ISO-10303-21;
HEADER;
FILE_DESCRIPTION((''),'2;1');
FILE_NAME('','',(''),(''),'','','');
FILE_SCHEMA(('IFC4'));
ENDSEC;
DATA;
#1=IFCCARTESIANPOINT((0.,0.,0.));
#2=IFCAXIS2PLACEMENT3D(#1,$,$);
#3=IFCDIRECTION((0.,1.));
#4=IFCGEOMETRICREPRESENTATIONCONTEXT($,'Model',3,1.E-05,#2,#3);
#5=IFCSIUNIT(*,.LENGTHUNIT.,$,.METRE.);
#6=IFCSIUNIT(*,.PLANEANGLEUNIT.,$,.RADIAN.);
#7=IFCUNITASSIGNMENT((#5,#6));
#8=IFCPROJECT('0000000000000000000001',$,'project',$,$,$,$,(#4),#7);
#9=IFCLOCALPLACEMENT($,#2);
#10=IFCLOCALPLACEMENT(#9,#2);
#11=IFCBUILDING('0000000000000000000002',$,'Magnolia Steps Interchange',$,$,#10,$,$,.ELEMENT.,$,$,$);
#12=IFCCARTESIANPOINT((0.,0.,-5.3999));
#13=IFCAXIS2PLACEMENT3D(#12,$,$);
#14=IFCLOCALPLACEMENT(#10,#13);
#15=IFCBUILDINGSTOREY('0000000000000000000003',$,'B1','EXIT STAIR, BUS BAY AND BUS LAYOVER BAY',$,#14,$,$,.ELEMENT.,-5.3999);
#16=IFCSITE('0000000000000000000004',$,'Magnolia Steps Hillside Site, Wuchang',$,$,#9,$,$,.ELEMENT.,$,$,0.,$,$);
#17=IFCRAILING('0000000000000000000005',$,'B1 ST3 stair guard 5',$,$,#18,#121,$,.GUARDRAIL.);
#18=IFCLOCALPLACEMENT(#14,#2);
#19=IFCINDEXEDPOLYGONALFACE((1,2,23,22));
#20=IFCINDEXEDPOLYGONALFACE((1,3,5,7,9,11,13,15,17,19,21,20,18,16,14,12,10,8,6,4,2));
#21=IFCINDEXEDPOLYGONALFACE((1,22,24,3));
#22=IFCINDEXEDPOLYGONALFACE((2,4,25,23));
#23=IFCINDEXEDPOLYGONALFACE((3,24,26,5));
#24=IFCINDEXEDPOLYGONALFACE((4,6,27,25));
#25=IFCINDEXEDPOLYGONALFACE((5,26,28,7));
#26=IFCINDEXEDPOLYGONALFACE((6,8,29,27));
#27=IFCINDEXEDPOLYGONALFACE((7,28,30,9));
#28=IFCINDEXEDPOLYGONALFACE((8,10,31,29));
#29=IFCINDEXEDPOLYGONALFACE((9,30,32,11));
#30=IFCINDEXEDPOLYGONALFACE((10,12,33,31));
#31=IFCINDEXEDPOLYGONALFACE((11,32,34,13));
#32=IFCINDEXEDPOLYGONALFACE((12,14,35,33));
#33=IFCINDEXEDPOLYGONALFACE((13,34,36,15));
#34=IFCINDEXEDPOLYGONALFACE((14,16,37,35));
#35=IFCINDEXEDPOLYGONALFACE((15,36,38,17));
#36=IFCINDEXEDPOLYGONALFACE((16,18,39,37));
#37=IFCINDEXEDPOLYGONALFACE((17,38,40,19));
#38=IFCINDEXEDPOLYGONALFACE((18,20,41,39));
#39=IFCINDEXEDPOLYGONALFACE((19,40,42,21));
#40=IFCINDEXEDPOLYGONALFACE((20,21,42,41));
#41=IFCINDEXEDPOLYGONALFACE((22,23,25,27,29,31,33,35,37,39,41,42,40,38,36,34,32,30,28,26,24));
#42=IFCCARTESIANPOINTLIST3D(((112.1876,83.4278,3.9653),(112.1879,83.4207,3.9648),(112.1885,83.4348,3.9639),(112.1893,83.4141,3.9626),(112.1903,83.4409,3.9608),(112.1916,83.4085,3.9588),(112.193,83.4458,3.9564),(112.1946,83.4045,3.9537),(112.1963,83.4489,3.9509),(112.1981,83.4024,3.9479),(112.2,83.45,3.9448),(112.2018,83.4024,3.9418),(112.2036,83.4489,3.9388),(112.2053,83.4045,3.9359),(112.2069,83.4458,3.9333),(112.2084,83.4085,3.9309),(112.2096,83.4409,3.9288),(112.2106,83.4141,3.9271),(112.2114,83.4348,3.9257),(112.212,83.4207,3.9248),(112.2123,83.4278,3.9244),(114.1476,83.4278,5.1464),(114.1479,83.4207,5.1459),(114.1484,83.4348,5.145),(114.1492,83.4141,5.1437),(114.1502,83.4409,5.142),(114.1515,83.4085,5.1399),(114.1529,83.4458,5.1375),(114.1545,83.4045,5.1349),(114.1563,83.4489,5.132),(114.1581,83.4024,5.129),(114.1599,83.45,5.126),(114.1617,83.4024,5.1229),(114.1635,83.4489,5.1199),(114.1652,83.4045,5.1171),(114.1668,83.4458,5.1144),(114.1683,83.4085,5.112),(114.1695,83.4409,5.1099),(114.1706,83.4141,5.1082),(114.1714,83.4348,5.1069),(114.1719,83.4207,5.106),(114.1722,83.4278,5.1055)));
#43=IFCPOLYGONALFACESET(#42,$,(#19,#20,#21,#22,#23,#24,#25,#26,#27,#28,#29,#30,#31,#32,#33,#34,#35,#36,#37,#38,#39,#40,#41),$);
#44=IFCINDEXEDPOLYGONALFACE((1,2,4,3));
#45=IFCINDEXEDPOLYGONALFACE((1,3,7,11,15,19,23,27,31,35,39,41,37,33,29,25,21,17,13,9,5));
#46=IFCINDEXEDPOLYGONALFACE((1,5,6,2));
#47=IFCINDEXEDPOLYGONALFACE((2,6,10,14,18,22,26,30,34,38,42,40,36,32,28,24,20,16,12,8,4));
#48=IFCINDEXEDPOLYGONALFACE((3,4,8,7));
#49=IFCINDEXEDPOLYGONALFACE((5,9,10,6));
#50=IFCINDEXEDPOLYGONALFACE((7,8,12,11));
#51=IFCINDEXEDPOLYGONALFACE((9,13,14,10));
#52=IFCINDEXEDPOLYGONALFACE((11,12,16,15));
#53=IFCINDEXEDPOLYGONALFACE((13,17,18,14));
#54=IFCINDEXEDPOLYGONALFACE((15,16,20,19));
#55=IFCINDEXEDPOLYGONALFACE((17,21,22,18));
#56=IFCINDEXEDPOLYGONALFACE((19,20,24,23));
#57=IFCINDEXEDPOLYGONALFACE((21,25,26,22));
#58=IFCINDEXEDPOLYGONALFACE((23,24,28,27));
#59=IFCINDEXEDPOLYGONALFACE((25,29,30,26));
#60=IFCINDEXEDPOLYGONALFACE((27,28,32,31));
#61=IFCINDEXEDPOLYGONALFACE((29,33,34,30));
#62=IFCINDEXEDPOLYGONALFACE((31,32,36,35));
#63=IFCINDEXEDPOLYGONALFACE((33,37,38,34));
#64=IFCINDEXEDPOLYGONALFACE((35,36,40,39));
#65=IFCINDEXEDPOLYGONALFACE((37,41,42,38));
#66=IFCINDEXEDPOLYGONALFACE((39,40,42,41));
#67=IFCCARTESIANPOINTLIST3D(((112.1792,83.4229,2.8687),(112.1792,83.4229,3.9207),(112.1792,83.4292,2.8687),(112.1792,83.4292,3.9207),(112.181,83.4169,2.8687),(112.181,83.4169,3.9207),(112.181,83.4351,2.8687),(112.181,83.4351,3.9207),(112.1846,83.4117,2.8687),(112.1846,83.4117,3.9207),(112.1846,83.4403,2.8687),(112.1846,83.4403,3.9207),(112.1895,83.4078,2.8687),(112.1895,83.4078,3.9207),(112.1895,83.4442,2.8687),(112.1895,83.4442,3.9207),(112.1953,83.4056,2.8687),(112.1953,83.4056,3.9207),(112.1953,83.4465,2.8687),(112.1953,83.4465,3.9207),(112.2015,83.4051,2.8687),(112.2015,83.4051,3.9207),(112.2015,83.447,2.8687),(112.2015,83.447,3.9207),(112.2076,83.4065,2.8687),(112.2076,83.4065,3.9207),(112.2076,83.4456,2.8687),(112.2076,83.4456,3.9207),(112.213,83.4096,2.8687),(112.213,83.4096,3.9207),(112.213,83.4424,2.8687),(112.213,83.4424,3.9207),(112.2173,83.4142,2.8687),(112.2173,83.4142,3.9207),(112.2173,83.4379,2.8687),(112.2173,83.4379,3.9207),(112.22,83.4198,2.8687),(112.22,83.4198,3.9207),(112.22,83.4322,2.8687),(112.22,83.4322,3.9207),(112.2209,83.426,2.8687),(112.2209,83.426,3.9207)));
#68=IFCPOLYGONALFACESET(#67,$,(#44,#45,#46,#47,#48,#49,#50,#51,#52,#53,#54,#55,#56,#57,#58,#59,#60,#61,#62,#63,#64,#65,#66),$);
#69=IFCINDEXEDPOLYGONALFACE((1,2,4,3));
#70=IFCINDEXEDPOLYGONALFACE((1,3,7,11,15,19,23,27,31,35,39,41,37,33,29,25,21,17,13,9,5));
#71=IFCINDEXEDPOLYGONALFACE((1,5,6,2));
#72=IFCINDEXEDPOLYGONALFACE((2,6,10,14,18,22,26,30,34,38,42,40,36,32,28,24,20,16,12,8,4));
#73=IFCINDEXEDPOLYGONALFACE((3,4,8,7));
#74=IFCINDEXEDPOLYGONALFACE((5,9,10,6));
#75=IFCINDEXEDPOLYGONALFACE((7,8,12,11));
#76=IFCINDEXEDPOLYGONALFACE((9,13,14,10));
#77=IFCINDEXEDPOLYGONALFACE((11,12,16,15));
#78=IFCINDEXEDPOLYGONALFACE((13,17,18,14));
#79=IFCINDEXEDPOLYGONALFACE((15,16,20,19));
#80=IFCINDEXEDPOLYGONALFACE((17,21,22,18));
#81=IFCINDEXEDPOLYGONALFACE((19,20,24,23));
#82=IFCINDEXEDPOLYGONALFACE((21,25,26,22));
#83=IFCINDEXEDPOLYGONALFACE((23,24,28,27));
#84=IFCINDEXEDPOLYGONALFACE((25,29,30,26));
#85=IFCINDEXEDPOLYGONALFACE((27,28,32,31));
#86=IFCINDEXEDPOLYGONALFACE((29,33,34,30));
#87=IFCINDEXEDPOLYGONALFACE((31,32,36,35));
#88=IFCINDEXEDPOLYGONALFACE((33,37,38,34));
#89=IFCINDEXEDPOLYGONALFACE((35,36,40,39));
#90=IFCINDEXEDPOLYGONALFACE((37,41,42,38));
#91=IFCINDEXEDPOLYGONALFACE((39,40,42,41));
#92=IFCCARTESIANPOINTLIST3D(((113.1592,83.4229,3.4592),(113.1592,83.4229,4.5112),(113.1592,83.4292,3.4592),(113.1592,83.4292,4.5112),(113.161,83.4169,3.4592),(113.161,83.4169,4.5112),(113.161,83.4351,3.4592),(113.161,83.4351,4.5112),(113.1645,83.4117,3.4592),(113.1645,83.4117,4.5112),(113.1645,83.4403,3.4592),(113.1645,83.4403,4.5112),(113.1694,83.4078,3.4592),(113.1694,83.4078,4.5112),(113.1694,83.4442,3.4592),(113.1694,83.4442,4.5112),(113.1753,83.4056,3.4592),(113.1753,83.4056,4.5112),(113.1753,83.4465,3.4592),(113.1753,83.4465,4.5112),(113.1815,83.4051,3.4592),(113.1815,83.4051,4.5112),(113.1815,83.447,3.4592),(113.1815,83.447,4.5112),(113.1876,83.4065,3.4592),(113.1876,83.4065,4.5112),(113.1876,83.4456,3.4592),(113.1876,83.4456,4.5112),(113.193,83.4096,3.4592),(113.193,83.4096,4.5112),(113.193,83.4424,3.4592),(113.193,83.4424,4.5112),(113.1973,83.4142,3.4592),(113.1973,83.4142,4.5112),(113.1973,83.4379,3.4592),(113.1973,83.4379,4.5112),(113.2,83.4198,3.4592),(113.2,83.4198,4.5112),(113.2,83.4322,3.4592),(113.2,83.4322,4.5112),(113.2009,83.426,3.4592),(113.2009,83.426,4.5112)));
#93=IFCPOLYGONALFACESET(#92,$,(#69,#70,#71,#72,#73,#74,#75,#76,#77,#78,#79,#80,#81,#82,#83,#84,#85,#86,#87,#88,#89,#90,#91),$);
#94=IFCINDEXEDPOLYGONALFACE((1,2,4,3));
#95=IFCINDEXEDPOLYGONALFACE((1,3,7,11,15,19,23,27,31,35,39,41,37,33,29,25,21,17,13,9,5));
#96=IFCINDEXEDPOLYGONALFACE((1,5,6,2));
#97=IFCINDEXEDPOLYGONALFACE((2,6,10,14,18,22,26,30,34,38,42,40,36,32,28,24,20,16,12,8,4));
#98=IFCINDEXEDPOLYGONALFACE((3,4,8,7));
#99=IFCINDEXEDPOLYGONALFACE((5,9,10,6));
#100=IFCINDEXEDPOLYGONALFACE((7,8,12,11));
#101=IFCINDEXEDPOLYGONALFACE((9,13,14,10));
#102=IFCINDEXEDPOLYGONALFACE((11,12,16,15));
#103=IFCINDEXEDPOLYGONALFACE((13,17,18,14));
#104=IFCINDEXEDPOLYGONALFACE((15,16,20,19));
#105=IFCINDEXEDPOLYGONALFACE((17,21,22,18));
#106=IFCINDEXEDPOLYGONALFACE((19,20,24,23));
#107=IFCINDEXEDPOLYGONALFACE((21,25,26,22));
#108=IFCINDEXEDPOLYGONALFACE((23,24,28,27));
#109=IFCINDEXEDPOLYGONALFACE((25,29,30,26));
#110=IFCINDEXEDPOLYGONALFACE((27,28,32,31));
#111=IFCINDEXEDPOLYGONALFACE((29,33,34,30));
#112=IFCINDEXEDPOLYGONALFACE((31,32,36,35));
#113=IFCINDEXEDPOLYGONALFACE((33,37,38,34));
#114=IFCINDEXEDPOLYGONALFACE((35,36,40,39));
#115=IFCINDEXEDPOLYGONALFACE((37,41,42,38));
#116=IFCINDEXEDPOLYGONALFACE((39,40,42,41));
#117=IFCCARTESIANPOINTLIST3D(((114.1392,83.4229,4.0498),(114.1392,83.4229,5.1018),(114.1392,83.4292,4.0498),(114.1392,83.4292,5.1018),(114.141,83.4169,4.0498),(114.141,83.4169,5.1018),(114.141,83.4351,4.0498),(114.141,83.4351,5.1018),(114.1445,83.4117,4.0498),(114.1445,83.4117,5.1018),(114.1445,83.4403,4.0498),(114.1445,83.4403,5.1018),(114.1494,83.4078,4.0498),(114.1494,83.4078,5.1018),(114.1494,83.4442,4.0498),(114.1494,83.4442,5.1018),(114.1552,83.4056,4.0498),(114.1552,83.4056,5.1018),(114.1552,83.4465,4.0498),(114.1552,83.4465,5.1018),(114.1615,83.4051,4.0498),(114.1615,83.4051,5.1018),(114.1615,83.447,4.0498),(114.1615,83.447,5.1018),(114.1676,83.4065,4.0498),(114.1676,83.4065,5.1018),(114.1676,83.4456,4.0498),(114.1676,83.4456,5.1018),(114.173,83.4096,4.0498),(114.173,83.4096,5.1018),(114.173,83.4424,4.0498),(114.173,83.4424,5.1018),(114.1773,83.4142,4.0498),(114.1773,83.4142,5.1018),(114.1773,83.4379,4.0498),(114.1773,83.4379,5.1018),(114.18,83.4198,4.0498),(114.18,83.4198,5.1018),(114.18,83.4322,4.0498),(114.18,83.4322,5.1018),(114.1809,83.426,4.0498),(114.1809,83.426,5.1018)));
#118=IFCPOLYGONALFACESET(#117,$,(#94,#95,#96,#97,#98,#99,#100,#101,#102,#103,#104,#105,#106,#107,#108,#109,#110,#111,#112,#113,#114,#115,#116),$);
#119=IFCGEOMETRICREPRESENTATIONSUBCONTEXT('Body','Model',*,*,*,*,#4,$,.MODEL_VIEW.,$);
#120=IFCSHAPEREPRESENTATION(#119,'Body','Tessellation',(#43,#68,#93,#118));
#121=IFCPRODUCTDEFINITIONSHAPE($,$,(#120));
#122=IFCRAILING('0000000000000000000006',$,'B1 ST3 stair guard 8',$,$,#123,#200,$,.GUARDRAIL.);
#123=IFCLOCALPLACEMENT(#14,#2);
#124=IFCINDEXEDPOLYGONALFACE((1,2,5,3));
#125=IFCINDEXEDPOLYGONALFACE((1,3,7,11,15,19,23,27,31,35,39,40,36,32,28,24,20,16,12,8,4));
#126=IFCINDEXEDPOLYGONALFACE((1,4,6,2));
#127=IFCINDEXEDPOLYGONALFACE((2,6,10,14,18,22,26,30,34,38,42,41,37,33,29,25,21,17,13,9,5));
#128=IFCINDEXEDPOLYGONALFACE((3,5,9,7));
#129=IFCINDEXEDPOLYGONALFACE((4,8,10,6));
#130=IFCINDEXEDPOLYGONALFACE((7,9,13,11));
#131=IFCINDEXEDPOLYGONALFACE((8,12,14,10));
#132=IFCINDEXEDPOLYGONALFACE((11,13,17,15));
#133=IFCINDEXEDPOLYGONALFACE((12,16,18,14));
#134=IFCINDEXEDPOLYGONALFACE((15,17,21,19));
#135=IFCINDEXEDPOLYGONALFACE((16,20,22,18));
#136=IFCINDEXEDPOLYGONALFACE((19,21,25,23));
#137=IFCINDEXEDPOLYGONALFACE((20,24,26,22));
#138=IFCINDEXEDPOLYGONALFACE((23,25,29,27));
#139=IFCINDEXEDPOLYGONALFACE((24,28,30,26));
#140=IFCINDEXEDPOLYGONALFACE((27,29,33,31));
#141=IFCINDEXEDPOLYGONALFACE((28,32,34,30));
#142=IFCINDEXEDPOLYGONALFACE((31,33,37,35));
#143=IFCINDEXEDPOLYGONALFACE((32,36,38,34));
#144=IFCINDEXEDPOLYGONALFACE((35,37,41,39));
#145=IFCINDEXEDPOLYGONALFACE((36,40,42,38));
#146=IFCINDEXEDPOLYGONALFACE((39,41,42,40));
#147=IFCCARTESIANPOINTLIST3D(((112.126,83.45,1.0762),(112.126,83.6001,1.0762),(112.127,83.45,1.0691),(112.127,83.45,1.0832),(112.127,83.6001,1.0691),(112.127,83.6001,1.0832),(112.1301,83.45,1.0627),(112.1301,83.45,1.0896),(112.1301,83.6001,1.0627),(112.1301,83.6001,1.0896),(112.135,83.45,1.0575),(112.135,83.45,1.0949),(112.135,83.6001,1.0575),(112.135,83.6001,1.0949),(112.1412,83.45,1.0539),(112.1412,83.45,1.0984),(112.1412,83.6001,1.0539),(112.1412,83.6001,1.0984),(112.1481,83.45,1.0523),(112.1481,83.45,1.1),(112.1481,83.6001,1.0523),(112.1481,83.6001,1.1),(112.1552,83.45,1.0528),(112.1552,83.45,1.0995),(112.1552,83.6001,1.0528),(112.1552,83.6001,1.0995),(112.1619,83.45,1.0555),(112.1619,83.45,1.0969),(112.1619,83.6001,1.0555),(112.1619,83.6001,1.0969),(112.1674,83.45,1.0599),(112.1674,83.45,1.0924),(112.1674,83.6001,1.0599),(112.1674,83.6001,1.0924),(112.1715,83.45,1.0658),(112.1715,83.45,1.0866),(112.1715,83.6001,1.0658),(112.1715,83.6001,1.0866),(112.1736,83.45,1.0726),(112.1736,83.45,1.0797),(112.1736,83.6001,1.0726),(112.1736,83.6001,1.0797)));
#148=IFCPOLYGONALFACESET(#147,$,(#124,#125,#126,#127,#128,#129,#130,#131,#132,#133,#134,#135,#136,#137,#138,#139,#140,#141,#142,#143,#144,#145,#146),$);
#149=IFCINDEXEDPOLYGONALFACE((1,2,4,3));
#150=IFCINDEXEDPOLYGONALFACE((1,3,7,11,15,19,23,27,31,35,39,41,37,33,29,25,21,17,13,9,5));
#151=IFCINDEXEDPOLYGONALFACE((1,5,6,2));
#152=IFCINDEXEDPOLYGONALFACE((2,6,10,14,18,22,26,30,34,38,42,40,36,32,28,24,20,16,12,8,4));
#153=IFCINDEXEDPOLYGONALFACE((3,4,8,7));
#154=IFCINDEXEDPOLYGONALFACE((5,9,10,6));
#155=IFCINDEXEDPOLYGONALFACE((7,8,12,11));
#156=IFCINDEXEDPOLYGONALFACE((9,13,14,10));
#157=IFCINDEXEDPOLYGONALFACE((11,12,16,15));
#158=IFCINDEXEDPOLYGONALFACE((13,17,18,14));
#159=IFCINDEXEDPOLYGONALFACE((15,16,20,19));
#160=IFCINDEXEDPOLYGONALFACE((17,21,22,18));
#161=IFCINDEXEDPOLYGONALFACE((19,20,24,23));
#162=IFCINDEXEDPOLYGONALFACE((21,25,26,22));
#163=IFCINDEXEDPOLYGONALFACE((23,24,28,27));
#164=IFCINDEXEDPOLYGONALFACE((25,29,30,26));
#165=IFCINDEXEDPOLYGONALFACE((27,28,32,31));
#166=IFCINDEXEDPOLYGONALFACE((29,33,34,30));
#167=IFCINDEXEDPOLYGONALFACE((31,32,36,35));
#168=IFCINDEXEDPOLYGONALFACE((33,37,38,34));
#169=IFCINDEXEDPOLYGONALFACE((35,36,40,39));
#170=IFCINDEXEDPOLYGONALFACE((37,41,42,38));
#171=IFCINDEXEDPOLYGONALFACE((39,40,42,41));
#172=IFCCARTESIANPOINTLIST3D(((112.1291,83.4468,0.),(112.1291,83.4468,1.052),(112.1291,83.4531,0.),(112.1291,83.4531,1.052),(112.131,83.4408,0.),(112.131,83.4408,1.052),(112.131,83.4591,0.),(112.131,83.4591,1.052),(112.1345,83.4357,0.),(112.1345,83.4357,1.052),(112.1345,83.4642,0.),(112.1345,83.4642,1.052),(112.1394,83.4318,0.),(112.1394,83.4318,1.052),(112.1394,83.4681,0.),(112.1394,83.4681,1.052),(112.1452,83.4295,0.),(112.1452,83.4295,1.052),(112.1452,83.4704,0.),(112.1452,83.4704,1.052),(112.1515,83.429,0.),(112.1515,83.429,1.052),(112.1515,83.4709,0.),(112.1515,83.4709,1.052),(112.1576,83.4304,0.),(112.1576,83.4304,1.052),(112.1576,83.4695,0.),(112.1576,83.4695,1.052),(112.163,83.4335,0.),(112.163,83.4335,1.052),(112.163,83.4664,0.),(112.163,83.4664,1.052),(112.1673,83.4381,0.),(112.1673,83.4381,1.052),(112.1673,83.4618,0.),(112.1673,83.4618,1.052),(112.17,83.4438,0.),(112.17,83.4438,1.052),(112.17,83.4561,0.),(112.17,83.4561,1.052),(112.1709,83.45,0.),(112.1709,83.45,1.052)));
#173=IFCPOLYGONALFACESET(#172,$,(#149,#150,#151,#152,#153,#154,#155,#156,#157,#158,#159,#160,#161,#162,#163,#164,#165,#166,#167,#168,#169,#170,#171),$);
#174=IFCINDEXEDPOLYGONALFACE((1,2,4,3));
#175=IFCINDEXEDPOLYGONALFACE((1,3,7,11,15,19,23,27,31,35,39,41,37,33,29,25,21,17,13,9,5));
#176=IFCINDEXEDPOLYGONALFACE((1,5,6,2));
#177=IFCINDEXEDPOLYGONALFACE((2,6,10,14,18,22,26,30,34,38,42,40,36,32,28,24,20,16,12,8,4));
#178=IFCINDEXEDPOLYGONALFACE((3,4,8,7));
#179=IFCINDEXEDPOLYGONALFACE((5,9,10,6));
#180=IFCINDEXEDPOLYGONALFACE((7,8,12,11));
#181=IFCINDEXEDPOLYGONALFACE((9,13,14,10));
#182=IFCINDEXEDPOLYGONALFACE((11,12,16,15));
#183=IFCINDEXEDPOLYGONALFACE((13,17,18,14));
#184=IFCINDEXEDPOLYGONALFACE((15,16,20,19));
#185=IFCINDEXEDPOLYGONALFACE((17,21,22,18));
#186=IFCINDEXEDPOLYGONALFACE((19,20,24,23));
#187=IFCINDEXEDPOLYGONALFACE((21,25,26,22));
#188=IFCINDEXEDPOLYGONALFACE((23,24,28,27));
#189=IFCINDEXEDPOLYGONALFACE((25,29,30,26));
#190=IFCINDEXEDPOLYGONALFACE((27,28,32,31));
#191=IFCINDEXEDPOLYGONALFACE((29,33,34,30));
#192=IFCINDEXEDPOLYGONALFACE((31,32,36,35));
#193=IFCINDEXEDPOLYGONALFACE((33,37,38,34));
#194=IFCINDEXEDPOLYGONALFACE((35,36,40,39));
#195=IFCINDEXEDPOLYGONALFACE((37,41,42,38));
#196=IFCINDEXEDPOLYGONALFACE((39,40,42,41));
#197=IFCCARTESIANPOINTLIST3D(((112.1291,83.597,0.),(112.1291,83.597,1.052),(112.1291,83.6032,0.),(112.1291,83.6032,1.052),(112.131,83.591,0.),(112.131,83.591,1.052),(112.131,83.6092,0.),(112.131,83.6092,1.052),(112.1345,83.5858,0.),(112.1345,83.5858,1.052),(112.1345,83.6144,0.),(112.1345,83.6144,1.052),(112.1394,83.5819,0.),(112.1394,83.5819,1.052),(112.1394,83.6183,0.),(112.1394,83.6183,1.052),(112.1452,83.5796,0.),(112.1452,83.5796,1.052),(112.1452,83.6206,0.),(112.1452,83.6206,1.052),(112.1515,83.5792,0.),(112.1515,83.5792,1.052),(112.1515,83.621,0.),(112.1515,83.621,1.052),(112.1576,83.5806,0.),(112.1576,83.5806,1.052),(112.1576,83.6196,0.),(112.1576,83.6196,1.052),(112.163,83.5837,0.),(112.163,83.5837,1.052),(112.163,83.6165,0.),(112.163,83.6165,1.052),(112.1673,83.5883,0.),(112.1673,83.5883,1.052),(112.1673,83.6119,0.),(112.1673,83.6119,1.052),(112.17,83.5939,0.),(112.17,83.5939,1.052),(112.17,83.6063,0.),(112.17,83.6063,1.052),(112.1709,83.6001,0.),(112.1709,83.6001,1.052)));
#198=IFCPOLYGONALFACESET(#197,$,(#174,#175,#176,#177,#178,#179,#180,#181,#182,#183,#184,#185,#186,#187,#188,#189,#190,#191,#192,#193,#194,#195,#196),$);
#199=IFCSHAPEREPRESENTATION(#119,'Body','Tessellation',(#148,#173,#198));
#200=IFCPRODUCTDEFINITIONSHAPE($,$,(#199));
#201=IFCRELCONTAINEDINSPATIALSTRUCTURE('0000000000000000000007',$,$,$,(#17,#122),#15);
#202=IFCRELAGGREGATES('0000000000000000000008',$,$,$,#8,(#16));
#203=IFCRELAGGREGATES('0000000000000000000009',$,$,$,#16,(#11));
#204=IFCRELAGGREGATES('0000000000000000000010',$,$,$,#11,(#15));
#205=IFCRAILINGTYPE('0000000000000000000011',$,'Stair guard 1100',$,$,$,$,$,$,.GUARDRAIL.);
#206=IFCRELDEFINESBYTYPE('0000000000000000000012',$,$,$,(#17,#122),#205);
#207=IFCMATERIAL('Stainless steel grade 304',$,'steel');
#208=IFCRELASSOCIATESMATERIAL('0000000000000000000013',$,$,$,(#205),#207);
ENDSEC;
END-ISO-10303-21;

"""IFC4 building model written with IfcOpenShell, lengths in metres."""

from ifc_helpers import new_model, si_unit, direction, frame, origin, origin_2d, place, context, subcontext, project, spatial, circle, extrude, material, type_object, element, save


model = new_model("IFC4")

# Units and contexts
model_context = context("Model", 3, precision=1e-05, world=origin(), true_north=direction((0.0, 1.0)))
body_context = subcontext(model_context, "Body", "Model", "MODEL_VIEW")
ifc_project = project(units=[si_unit("LENGTHUNIT", "METRE"), si_unit("PLANEANGLEUNIT", "RADIAN")], contexts=[model_context])

# Site, building, storey
site_placement = place(None, origin())
site = spatial("IfcSite", under=ifc_project, at=site_placement, Name="Magnolia Steps Hillside Site, Wuchang", CompositionType="ELEMENT", RefElevation=0.0)
building_placement = place(site_placement, origin())
building = spatial("IfcBuilding", under=site, at=building_placement, Name="Magnolia Steps Interchange", CompositionType="ELEMENT")
storey_placement = place(building_placement, frame((0.0, 0.0, -5.3999)))
storey = spatial("IfcBuildingStorey", under=building, at=storey_placement, Name="B1", Description="EXIT STAIR, BUS BAY AND BUS LAYOVER BAY", CompositionType="ELEMENT", Elevation=-5.3999)

# Railings
ifc_material_1 = material(Name="Stainless steel grade 304", Category="steel")
railing_type_1 = type_object("IfcRailingType", Name="Stair guard 1100", PredefinedType="GUARDRAIL", material=ifc_material_1)
railing_1_placement = place(storey_placement, frame((112.2, 83.426, 2.8687)))
element("IfcRailing", 1, at=railing_1_placement, inside=storey, type_object=railing_type_1, Name="B1 ST3 stair guard 5", PredefinedType="GUARDRAIL", context=body_context, shape_type="SweptSolid", body=[
    extrude(circle(Radius=0.0239, at=origin_2d()), frame((0.0, 0.0, 1.0762), z_axis=(0.856493, 0.0, 0.516158), x_axis=(0.0, 1.0, 0.0)), (0.0, 0.0, 1.0), 2.2883),
    extrude(circle(Radius=0.021, at=origin_2d()), origin(), (0.0, 0.0, 1.0), 1.052),
    extrude(circle(Radius=0.021, at=origin_2d()), frame((0.98, 0.0, 0.5906)), (0.0, 0.0, 1.0), 1.052),
    extrude(circle(Radius=0.021, at=origin_2d()), frame((1.96, 0.0, 1.1812)), (0.0, 0.0, 1.0), 1.052),
])
railing_2_placement = place(storey_placement, frame((112.1499, 83.45, 0.0)))
element("IfcRailing", 2, at=railing_2_placement, inside=storey, type_object=railing_type_1, Name="B1 ST3 stair guard 8", PredefinedType="GUARDRAIL", context=body_context, shape_type="SweptSolid", body=[
    extrude(circle(Radius=0.0239, at=origin_2d()), frame((0.0, 0.0, 1.0762), z_axis=(0.0, 1.0, 0.0), x_axis=(-1.0, 0.0, 0.0)), (0.0, 0.0, 1.0), 0.1501),
    extrude(circle(Radius=0.021, at=origin_2d()), origin(), (0.0, 0.0, 1.0), 1.052),
    extrude(circle(Radius=0.021, at=origin_2d()), frame((0.0, 0.1501, 0.0)), (0.0, 0.0, 1.0), 1.052),
])

save(model, "model.ifc")
